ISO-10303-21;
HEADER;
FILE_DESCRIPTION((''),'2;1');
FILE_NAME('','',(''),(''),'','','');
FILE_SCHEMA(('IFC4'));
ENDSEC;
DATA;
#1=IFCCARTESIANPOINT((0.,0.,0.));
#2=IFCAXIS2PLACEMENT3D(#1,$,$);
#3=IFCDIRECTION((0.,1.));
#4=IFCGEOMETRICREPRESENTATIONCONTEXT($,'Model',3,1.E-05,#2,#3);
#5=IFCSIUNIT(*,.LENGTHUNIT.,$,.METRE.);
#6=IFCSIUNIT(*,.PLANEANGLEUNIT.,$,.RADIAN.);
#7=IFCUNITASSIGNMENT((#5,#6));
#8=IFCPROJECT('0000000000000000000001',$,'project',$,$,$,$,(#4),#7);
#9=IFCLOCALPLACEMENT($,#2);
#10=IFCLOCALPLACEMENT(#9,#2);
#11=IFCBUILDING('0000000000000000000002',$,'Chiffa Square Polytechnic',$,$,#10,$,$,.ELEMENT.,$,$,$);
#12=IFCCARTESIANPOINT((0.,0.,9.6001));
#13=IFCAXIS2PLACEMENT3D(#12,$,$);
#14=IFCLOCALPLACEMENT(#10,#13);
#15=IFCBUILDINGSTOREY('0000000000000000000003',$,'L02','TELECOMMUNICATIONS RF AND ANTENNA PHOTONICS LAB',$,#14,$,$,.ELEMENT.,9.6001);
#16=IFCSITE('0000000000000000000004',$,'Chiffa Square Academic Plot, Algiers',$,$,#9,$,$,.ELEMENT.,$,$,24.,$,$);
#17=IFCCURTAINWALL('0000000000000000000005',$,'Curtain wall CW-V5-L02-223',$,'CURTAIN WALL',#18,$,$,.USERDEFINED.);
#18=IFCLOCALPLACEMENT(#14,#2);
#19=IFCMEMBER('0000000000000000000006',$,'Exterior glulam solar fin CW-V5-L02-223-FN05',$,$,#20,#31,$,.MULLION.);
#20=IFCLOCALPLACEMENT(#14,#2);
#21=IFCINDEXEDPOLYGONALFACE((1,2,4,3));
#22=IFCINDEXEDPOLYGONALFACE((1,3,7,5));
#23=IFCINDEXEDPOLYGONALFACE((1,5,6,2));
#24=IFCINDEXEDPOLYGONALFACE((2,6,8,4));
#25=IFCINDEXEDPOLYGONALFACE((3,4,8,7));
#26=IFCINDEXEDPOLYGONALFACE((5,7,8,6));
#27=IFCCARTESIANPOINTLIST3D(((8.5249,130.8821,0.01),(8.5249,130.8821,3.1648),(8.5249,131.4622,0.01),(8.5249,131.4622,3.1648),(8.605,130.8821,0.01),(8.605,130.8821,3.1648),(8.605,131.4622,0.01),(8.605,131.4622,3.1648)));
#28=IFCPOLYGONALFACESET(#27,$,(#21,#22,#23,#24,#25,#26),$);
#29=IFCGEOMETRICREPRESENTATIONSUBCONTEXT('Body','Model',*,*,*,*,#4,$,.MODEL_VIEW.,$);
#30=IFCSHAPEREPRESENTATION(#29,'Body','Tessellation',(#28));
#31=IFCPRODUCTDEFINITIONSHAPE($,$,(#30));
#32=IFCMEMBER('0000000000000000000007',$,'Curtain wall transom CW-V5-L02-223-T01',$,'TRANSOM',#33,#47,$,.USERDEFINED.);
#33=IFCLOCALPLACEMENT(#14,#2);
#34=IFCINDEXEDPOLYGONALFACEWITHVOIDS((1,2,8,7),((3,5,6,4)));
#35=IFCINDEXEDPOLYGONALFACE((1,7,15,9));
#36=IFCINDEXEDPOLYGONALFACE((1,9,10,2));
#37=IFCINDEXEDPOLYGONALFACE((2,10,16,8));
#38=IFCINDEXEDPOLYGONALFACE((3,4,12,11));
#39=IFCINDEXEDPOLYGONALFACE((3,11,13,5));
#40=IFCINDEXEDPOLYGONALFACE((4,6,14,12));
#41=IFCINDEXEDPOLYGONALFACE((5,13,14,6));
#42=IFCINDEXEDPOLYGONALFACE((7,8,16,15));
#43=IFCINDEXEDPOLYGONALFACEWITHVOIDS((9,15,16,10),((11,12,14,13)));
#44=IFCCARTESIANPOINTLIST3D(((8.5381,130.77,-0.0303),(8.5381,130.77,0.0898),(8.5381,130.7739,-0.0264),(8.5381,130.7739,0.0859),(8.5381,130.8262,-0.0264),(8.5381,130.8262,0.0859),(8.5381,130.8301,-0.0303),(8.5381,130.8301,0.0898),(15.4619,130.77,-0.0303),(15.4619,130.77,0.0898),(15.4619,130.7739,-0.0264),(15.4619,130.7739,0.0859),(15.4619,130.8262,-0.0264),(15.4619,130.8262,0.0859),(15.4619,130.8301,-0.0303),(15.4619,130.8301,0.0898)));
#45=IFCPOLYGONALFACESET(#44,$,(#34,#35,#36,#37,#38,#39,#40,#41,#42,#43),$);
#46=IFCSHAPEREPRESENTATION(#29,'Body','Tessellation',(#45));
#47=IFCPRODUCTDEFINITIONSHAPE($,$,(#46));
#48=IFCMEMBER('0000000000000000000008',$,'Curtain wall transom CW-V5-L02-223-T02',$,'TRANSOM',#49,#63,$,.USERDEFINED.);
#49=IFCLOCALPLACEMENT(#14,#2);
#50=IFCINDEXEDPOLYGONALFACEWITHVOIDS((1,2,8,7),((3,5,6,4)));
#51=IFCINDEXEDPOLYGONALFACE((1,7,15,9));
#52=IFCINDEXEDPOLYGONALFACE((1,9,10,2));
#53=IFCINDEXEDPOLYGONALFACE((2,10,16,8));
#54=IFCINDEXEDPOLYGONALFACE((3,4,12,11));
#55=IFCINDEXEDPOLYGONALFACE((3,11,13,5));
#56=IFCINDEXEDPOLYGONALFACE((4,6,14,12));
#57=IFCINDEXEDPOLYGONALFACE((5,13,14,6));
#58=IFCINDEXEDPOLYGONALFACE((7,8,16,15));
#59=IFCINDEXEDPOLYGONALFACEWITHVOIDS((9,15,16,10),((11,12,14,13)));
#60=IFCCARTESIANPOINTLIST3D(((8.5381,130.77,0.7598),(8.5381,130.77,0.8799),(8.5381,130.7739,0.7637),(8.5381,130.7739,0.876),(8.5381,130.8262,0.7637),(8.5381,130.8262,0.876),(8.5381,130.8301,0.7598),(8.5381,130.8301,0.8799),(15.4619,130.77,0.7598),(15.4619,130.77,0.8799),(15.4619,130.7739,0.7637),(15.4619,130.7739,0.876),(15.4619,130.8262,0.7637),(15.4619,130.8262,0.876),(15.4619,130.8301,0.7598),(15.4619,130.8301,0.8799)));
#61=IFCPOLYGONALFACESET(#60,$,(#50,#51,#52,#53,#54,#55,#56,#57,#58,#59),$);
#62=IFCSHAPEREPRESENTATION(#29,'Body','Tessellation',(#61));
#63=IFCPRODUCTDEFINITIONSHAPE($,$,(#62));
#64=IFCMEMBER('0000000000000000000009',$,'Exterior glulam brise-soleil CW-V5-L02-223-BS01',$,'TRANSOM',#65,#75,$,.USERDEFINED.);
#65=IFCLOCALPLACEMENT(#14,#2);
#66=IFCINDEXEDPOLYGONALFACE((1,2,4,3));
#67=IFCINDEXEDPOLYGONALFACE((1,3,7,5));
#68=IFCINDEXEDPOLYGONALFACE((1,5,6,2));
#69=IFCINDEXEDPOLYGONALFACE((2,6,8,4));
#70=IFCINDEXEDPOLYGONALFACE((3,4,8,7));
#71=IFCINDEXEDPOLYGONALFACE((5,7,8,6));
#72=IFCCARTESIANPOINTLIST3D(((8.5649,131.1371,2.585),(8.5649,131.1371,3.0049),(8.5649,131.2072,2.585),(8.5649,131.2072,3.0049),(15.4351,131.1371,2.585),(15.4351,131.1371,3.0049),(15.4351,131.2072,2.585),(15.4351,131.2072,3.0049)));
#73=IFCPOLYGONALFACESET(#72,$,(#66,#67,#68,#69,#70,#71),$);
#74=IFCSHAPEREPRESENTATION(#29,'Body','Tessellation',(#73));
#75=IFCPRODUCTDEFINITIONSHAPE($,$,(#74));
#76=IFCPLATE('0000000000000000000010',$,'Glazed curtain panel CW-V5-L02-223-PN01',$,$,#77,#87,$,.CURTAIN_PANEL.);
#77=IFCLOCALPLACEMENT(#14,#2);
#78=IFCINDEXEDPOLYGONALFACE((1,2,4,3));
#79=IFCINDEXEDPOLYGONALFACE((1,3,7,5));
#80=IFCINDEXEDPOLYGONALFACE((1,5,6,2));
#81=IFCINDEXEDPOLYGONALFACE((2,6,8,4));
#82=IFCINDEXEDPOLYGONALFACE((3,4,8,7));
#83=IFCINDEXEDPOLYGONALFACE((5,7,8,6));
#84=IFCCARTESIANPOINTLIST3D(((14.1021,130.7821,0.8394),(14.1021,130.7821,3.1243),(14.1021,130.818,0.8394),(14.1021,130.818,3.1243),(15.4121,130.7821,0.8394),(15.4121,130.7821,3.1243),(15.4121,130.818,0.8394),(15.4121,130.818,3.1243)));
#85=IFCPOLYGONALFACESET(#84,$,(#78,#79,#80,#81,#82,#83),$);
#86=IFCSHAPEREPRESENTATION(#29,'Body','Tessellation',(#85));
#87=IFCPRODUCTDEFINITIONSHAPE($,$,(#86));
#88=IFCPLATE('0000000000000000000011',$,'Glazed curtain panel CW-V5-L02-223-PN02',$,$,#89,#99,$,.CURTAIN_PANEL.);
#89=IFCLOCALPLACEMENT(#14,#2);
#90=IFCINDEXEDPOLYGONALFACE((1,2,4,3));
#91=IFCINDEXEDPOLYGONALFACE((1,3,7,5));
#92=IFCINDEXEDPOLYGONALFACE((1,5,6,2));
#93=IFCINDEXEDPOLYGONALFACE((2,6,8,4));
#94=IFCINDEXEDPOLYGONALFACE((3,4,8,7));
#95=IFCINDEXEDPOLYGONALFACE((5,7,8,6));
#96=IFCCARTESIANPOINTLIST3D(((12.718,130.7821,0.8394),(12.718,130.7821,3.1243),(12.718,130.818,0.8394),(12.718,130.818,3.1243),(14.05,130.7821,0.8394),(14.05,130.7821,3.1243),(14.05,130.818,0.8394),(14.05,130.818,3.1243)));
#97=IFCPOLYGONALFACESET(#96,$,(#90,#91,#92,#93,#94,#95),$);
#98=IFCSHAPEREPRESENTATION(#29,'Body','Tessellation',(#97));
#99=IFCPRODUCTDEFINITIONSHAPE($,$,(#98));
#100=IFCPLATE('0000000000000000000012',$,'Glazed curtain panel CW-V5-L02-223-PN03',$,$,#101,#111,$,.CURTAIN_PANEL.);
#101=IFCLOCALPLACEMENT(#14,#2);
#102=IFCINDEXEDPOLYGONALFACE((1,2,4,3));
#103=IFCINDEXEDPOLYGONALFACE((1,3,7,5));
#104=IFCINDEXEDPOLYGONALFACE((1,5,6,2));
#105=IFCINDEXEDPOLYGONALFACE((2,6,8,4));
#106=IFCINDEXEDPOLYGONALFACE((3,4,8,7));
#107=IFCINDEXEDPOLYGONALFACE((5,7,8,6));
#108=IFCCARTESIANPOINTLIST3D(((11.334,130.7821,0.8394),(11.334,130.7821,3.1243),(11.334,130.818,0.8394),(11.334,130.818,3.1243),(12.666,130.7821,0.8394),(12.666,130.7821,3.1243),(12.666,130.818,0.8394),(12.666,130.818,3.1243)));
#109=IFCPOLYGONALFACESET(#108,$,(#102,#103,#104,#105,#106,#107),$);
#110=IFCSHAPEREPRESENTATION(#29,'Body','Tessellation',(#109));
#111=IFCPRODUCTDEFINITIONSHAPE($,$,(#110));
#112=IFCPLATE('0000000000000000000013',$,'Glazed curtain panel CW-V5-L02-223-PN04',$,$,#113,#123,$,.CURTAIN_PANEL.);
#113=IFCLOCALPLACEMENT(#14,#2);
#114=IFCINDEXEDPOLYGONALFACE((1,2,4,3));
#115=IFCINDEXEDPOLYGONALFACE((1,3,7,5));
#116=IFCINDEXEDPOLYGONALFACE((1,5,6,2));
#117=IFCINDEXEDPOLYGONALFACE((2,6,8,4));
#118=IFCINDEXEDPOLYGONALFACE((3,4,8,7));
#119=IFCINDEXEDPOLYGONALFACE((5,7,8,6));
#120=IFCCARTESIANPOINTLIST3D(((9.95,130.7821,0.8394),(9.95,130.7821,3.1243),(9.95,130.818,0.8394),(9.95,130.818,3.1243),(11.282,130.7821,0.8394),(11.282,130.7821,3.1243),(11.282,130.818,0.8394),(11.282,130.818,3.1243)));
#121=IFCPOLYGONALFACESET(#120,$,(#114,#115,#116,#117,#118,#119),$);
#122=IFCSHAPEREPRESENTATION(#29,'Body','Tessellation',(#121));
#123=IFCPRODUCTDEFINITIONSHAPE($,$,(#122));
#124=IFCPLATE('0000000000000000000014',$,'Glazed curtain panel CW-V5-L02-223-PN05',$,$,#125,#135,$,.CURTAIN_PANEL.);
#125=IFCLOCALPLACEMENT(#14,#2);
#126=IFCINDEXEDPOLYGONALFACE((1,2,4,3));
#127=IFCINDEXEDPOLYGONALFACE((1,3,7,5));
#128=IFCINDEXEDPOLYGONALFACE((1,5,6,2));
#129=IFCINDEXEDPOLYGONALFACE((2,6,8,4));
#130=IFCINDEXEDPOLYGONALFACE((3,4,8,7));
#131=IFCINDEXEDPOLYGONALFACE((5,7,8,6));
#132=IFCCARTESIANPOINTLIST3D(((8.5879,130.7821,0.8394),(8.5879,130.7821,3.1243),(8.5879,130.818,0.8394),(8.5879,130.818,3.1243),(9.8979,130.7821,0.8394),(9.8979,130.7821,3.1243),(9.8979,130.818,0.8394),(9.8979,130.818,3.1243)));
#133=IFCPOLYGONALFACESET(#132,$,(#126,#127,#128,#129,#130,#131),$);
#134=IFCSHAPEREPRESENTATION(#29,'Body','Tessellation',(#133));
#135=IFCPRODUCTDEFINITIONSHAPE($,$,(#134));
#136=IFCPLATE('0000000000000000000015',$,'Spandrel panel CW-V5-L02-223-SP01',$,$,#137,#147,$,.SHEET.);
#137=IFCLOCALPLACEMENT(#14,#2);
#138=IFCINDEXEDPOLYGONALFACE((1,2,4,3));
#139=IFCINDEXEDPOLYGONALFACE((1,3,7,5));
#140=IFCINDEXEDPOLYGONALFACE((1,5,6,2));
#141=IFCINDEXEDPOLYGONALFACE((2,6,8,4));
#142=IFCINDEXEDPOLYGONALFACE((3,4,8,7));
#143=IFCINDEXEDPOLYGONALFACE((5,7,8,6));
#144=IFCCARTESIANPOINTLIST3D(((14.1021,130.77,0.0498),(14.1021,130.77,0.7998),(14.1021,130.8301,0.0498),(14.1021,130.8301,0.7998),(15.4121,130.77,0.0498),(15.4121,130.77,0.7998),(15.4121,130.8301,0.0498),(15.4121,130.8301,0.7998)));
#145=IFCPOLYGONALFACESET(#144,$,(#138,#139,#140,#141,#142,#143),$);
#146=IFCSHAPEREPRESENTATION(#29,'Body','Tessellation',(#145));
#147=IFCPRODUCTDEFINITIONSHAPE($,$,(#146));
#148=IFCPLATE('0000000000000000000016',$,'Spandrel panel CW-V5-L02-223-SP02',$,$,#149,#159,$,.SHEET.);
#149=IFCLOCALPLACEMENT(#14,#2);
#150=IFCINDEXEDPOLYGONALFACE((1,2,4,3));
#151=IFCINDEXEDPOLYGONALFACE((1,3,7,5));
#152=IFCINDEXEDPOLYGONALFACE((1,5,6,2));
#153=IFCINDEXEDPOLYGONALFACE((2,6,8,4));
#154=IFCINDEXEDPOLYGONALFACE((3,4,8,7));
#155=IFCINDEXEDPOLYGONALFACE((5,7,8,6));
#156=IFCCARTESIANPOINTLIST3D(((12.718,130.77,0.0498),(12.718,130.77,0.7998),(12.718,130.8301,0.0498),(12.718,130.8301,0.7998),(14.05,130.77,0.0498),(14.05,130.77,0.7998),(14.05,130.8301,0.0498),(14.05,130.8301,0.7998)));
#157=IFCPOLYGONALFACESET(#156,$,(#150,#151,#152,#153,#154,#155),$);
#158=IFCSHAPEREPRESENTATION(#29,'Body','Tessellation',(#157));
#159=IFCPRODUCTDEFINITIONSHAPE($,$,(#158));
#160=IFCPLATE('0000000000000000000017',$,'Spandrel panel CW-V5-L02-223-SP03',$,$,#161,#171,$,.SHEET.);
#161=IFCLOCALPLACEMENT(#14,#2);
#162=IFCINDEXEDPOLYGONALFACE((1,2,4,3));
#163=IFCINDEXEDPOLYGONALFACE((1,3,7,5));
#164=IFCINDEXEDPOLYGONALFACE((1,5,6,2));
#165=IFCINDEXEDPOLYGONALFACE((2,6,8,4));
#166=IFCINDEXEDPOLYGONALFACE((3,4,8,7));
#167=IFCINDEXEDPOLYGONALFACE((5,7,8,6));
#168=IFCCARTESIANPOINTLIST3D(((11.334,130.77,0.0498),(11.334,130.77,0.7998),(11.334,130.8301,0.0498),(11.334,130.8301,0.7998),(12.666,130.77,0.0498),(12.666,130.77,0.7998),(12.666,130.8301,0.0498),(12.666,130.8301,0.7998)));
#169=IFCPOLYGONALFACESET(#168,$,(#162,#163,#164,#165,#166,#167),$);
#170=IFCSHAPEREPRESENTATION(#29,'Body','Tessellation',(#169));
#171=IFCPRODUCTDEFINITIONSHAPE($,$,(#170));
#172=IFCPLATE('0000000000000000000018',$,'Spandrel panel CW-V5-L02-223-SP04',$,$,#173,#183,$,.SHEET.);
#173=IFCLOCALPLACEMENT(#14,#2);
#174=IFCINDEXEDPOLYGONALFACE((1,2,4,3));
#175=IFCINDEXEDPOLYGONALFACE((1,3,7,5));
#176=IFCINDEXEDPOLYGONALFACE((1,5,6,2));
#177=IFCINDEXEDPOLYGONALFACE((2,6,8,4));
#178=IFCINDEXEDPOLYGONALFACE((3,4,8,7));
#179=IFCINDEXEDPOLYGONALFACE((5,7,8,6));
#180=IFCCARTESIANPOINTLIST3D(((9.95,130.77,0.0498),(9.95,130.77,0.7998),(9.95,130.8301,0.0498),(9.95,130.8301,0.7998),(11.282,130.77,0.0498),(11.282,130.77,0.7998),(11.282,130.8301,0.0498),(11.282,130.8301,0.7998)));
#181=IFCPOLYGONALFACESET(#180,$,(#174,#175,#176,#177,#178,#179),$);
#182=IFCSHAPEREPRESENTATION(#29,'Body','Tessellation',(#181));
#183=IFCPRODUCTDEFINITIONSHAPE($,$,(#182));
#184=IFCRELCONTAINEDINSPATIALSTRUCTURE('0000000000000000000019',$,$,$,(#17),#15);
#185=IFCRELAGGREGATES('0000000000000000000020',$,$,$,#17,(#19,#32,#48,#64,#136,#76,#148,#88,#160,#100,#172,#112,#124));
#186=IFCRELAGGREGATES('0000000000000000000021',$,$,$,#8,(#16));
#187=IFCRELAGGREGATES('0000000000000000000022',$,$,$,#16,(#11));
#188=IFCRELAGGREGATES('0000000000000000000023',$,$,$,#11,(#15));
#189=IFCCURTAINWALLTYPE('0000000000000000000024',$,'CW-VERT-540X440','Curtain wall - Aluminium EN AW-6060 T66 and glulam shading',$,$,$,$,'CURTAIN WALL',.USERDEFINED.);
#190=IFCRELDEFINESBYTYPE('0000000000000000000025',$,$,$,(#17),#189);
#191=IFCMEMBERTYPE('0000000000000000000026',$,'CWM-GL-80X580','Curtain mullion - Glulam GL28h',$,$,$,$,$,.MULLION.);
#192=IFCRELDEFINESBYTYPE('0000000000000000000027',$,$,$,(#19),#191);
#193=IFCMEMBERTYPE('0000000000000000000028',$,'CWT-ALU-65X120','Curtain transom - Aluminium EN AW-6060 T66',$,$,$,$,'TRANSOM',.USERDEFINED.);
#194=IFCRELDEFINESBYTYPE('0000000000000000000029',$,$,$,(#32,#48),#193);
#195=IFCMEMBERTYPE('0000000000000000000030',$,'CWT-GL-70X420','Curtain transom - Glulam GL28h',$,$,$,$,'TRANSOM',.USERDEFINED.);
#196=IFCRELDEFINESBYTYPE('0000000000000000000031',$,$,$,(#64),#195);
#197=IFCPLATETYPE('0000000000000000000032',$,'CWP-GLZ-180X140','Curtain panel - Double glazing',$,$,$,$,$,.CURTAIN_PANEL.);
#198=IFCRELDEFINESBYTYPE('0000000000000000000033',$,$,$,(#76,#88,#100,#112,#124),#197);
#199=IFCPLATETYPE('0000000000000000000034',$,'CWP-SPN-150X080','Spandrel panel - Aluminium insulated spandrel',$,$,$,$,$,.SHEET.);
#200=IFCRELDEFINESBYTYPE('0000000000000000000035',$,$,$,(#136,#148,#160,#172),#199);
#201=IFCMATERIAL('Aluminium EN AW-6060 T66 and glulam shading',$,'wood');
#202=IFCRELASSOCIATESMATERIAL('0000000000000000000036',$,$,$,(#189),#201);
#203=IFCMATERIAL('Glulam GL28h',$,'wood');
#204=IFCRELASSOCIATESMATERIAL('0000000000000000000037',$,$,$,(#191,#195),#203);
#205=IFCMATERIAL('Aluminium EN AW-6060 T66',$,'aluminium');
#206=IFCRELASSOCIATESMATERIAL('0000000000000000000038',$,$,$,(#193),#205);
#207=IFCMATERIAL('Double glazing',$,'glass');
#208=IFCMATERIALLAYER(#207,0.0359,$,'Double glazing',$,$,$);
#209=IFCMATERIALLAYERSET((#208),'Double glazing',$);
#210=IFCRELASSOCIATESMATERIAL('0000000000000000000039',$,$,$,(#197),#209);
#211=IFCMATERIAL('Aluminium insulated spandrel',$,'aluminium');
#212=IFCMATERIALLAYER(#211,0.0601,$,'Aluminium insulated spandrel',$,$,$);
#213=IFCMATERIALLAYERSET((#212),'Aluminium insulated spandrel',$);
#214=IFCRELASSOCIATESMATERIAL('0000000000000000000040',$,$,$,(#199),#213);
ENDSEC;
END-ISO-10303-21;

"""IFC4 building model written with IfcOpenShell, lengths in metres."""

from ifc_helpers import new_model, si_unit, direction, frame, origin, origin_2d, place, context, subcontext, project, spatial, rectangle, hollow_rectangle, extrude, material, layer, layer_set, material_profile, profile_set, type_object, element, aggregate, save


model = new_model("IFC4")

# Units and contexts
model_context = context("Model", 3, precision=1e-05, world=origin(), true_north=direction((0.0, 1.0)))
body_context = subcontext(model_context, "Body", "Model", "MODEL_VIEW")
ifc_project = project(units=[si_unit("LENGTHUNIT", "METRE"), si_unit("PLANEANGLEUNIT", "RADIAN")], contexts=[model_context])

# Site, building, storey
site_placement = place(None, origin())
site = spatial("IfcSite", under=ifc_project, at=site_placement, Name="Chiffa Square Academic Plot, Algiers", CompositionType="ELEMENT", RefElevation=24.0)
building_placement = place(site_placement, origin())
building = spatial("IfcBuilding", under=site, at=building_placement, Name="Chiffa Square Polytechnic", CompositionType="ELEMENT")
storey_placement = place(building_placement, frame((0.0, 0.0, 9.6001)))
storey = spatial("IfcBuildingStorey", under=building, at=storey_placement, Name="L02", Description="TELECOMMUNICATIONS RF AND ANTENNA PHOTONICS LAB", CompositionType="ELEMENT", Elevation=9.6001)

# Curtain wall, members, plates
ifc_material_1 = material(Name="Aluminium EN AW-6060 T66 and glulam shading", Category="wood")
curtain_wall_type = type_object("IfcCurtainWallType", Name="CW-VERT-540X440", Description="Curtain wall - Aluminium EN AW-6060 T66 and glulam shading", ElementType="CURTAIN WALL", PredefinedType="USERDEFINED", material=ifc_material_1)
curtain_wall_placement = place(storey_placement, origin())
curtain_wall = element("IfcCurtainWall", 1, at=curtain_wall_placement, inside=storey, type_object=curtain_wall_type, Name="Curtain wall CW-V5-L02-223", ObjectType="CURTAIN WALL", PredefinedType="USERDEFINED")
ifc_material_2 = material(Name="Aluminium EN AW-6060 T66", Category="aluminium")
ifc_material_3 = material(Name="Glulam GL28h", Category="wood")
ifc_material_profile_1 = material_profile(ifc_material_3, rectangle(XDim=0.0801, YDim=0.5801, at=origin_2d()), Name="GL28h 80x580")
ifc_profile_set_1 = profile_set([ifc_material_profile_1], Name="Glulam GL28h")
member_type_1 = type_object("IfcMemberType", Name="CWM-GL-80X580", Description="Curtain mullion - Glulam GL28h", PredefinedType="MULLION", material=ifc_profile_set_1)
member_1_placement = place(storey_placement, frame((8.5649, 131.1721, 0.01), z_axis=(0.0, 0.0, 1.0), x_axis=(-1.0, 0.0, 0.0)))
member_1 = element("IfcMember", 2, at=member_1_placement, type_object=member_type_1, Name="Exterior glulam solar fin CW-V5-L02-223-FN05", PredefinedType="MULLION", context=body_context, shape_type="SweptSolid", body=[
    extrude(rectangle(XDim=0.0801, YDim=0.5801, at=origin_2d()), origin(), (0.0, 0.0, 1.0), 3.1548),
])
ifc_material_profile_2 = material_profile(ifc_material_2, hollow_rectangle(XDim=0.0601, YDim=0.1201, WallThickness=0.0039, at=origin_2d()), Name="ALU 60x120x4")
ifc_profile_set_2 = profile_set([ifc_material_profile_2], Name="Aluminium EN AW-6060 T66")
member_type_2 = type_object("IfcMemberType", Name="CWT-ALU-65X120", Description="Curtain transom - Aluminium EN AW-6060 T66", ElementType="TRANSOM", PredefinedType="USERDEFINED", material=ifc_profile_set_2)
member_2_placement = place(storey_placement, frame((15.4619, 130.8, 0.0298), z_axis=(-1.0, 0.0, 0.0), x_axis=(0.0, -1.0, 0.0)))
member_2 = element("IfcMember", 3, at=member_2_placement, type_object=member_type_2, Name="Curtain wall transom CW-V5-L02-223-T01", ObjectType="TRANSOM", PredefinedType="USERDEFINED", context=body_context, shape_type="SweptSolid", body=[
    extrude(hollow_rectangle(XDim=0.0601, YDim=0.1201, WallThickness=0.0039, at=origin_2d()), origin(), (0.0, 0.0, 1.0), 6.9238),
])
member_3_placement = place(storey_placement, frame((15.4619, 130.8, 0.8198), z_axis=(-1.0, 0.0, 0.0), x_axis=(0.0, -1.0, 0.0)))
member_3 = element("IfcMember", 4, at=member_3_placement, type_object=member_type_2, Name="Curtain wall transom CW-V5-L02-223-T02", ObjectType="TRANSOM", PredefinedType="USERDEFINED", context=body_context, shape_type="SweptSolid", body=[
    extrude(hollow_rectangle(XDim=0.0601, YDim=0.1201, WallThickness=0.0039, at=origin_2d()), origin(), (0.0, 0.0, 1.0), 6.9238),
])
ifc_material_profile_3 = material_profile(ifc_material_3, rectangle(XDim=0.0701, YDim=0.4199, at=origin_2d()), Name="GL28h 70x420")
ifc_profile_set_3 = profile_set([ifc_material_profile_3], Name="Glulam GL28h")
member_type_3 = type_object("IfcMemberType", Name="CWT-GL-70X420", Description="Curtain transom - Glulam GL28h", ElementType="TRANSOM", PredefinedType="USERDEFINED", material=ifc_profile_set_3)
member_4_placement = place(storey_placement, frame((15.4351, 131.1721, 2.7949), z_axis=(-1.0, 0.0, 0.0), x_axis=(0.0, -1.0, 0.0)))
member_4 = element("IfcMember", 5, at=member_4_placement, type_object=member_type_3, Name="Exterior glulam brise-soleil CW-V5-L02-223-BS01", ObjectType="TRANSOM", PredefinedType="USERDEFINED", context=body_context, shape_type="SweptSolid", body=[
    extrude(rectangle(XDim=0.0701, YDim=0.4199, at=origin_2d()), origin(), (0.0, 0.0, 1.0), 6.8701),
])
ifc_material_4 = material(Name="Double glazing", Category="glass")
ifc_layer_1 = layer(ifc_material_4, 0.0359, Name="Double glazing")
ifc_layer_set_1 = layer_set([ifc_layer_1], Name="Double glazing")
plate_type_1 = type_object("IfcPlateType", Name="CWP-GLZ-180X140", Description="Curtain panel - Double glazing", PredefinedType="CURTAIN_PANEL", material=ifc_layer_set_1)
plate_1_placement = place(storey_placement, frame((14.7571, 130.8, 0.8394), z_axis=(0.0, 0.0, 1.0), x_axis=(-1.0, 0.0, 0.0)))
plate_1 = element("IfcPlate", 6, at=plate_1_placement, type_object=plate_type_1, Name="Glazed curtain panel CW-V5-L02-223-PN01", PredefinedType="CURTAIN_PANEL", context=body_context, shape_type="SweptSolid", body=[
    extrude(rectangle(XDim=1.3101, YDim=0.0359, at=origin_2d()), origin(), (0.0, 0.0, 1.0), 2.2849),
])
plate_2_placement = place(storey_placement, frame((13.384, 130.8, 0.8394), z_axis=(0.0, 0.0, 1.0), x_axis=(-1.0, 0.0, 0.0)))
plate_2 = element("IfcPlate", 7, at=plate_2_placement, type_object=plate_type_1, Name="Glazed curtain panel CW-V5-L02-223-PN02", PredefinedType="CURTAIN_PANEL", context=body_context, shape_type="SweptSolid", body=[
    extrude(rectangle(XDim=1.332, YDim=0.0359, at=origin_2d()), origin(), (0.0, 0.0, 1.0), 2.2849),
])
plate_3_placement = place(storey_placement, frame((12.0, 130.8, 0.8394), z_axis=(0.0, 0.0, 1.0), x_axis=(-1.0, 0.0, 0.0)))
plate_3 = element("IfcPlate", 8, at=plate_3_placement, type_object=plate_type_1, Name="Glazed curtain panel CW-V5-L02-223-PN03", PredefinedType="CURTAIN_PANEL", context=body_context, shape_type="SweptSolid", body=[
    extrude(rectangle(XDim=1.332, YDim=0.0359, at=origin_2d()), origin(), (0.0, 0.0, 1.0), 2.2849),
])
plate_4_placement = place(storey_placement, frame((10.616, 130.8, 0.8394), z_axis=(0.0, 0.0, 1.0), x_axis=(-1.0, 0.0, 0.0)))
plate_4 = element("IfcPlate", 9, at=plate_4_placement, type_object=plate_type_1, Name="Glazed curtain panel CW-V5-L02-223-PN04", PredefinedType="CURTAIN_PANEL", context=body_context, shape_type="SweptSolid", body=[
    extrude(rectangle(XDim=1.332, YDim=0.0359, at=origin_2d()), origin(), (0.0, 0.0, 1.0), 2.2849),
])
plate_5_placement = place(storey_placement, frame((9.2429, 130.8, 0.8394), z_axis=(0.0, 0.0, 1.0), x_axis=(-1.0, 0.0, 0.0)))
plate_5 = element("IfcPlate", 10, at=plate_5_placement, type_object=plate_type_1, Name="Glazed curtain panel CW-V5-L02-223-PN05", PredefinedType="CURTAIN_PANEL", context=body_context, shape_type="SweptSolid", body=[
    extrude(rectangle(XDim=1.3101, YDim=0.0359, at=origin_2d()), origin(), (0.0, 0.0, 1.0), 2.2849),
])
ifc_material_5 = material(Name="Aluminium insulated spandrel", Category="aluminium")
ifc_layer_2 = layer(ifc_material_5, 0.0601, Name="Aluminium insulated spandrel")
ifc_layer_set_2 = layer_set([ifc_layer_2], Name="Aluminium insulated spandrel")
plate_type_2 = type_object("IfcPlateType", Name="CWP-SPN-150X080", Description="Spandrel panel - Aluminium insulated spandrel", PredefinedType="SHEET", material=ifc_layer_set_2)
plate_6_placement = place(storey_placement, frame((14.7571, 130.8, 0.0498), z_axis=(0.0, 0.0, 1.0), x_axis=(-1.0, 0.0, 0.0)))
plate_6 = element("IfcPlate", 11, at=plate_6_placement, type_object=plate_type_2, Name="Spandrel panel CW-V5-L02-223-SP01", PredefinedType="SHEET", context=body_context, shape_type="SweptSolid", body=[
    extrude(rectangle(XDim=1.3101, YDim=0.0601, at=origin_2d()), origin(), (0.0, 0.0, 1.0), 0.75),
])
plate_7_placement = place(storey_placement, frame((13.384, 130.8, 0.0498), z_axis=(0.0, 0.0, 1.0), x_axis=(-1.0, 0.0, 0.0)))
plate_7 = element("IfcPlate", 12, at=plate_7_placement, type_object=plate_type_2, Name="Spandrel panel CW-V5-L02-223-SP02", PredefinedType="SHEET", context=body_context, shape_type="SweptSolid", body=[
    extrude(rectangle(XDim=1.332, YDim=0.0601, at=origin_2d()), origin(), (0.0, 0.0, 1.0), 0.75),
])
plate_8_placement = place(storey_placement, frame((12.0, 130.8, 0.0498), z_axis=(0.0, 0.0, 1.0), x_axis=(-1.0, 0.0, 0.0)))
plate_8 = element("IfcPlate", 13, at=plate_8_placement, type_object=plate_type_2, Name="Spandrel panel CW-V5-L02-223-SP03", PredefinedType="SHEET", context=body_context, shape_type="SweptSolid", body=[
    extrude(rectangle(XDim=1.332, YDim=0.0601, at=origin_2d()), origin(), (0.0, 0.0, 1.0), 0.75),
])
plate_9_placement = place(storey_placement, frame((10.616, 130.8, 0.0498), z_axis=(0.0, 0.0, 1.0), x_axis=(-1.0, 0.0, 0.0)))
plate_9 = element("IfcPlate", 14, at=plate_9_placement, type_object=plate_type_2, Name="Spandrel panel CW-V5-L02-223-SP04", PredefinedType="SHEET", context=body_context, shape_type="SweptSolid", body=[
    extrude(rectangle(XDim=1.332, YDim=0.0601, at=origin_2d()), origin(), (0.0, 0.0, 1.0), 0.75),
])
aggregate(curtain_wall, [member_1, member_2, member_3, member_4, plate_6, plate_1, plate_7, plate_2, plate_8, plate_3, plate_9, plate_4, plate_5])

save(model, "model.ifc")
